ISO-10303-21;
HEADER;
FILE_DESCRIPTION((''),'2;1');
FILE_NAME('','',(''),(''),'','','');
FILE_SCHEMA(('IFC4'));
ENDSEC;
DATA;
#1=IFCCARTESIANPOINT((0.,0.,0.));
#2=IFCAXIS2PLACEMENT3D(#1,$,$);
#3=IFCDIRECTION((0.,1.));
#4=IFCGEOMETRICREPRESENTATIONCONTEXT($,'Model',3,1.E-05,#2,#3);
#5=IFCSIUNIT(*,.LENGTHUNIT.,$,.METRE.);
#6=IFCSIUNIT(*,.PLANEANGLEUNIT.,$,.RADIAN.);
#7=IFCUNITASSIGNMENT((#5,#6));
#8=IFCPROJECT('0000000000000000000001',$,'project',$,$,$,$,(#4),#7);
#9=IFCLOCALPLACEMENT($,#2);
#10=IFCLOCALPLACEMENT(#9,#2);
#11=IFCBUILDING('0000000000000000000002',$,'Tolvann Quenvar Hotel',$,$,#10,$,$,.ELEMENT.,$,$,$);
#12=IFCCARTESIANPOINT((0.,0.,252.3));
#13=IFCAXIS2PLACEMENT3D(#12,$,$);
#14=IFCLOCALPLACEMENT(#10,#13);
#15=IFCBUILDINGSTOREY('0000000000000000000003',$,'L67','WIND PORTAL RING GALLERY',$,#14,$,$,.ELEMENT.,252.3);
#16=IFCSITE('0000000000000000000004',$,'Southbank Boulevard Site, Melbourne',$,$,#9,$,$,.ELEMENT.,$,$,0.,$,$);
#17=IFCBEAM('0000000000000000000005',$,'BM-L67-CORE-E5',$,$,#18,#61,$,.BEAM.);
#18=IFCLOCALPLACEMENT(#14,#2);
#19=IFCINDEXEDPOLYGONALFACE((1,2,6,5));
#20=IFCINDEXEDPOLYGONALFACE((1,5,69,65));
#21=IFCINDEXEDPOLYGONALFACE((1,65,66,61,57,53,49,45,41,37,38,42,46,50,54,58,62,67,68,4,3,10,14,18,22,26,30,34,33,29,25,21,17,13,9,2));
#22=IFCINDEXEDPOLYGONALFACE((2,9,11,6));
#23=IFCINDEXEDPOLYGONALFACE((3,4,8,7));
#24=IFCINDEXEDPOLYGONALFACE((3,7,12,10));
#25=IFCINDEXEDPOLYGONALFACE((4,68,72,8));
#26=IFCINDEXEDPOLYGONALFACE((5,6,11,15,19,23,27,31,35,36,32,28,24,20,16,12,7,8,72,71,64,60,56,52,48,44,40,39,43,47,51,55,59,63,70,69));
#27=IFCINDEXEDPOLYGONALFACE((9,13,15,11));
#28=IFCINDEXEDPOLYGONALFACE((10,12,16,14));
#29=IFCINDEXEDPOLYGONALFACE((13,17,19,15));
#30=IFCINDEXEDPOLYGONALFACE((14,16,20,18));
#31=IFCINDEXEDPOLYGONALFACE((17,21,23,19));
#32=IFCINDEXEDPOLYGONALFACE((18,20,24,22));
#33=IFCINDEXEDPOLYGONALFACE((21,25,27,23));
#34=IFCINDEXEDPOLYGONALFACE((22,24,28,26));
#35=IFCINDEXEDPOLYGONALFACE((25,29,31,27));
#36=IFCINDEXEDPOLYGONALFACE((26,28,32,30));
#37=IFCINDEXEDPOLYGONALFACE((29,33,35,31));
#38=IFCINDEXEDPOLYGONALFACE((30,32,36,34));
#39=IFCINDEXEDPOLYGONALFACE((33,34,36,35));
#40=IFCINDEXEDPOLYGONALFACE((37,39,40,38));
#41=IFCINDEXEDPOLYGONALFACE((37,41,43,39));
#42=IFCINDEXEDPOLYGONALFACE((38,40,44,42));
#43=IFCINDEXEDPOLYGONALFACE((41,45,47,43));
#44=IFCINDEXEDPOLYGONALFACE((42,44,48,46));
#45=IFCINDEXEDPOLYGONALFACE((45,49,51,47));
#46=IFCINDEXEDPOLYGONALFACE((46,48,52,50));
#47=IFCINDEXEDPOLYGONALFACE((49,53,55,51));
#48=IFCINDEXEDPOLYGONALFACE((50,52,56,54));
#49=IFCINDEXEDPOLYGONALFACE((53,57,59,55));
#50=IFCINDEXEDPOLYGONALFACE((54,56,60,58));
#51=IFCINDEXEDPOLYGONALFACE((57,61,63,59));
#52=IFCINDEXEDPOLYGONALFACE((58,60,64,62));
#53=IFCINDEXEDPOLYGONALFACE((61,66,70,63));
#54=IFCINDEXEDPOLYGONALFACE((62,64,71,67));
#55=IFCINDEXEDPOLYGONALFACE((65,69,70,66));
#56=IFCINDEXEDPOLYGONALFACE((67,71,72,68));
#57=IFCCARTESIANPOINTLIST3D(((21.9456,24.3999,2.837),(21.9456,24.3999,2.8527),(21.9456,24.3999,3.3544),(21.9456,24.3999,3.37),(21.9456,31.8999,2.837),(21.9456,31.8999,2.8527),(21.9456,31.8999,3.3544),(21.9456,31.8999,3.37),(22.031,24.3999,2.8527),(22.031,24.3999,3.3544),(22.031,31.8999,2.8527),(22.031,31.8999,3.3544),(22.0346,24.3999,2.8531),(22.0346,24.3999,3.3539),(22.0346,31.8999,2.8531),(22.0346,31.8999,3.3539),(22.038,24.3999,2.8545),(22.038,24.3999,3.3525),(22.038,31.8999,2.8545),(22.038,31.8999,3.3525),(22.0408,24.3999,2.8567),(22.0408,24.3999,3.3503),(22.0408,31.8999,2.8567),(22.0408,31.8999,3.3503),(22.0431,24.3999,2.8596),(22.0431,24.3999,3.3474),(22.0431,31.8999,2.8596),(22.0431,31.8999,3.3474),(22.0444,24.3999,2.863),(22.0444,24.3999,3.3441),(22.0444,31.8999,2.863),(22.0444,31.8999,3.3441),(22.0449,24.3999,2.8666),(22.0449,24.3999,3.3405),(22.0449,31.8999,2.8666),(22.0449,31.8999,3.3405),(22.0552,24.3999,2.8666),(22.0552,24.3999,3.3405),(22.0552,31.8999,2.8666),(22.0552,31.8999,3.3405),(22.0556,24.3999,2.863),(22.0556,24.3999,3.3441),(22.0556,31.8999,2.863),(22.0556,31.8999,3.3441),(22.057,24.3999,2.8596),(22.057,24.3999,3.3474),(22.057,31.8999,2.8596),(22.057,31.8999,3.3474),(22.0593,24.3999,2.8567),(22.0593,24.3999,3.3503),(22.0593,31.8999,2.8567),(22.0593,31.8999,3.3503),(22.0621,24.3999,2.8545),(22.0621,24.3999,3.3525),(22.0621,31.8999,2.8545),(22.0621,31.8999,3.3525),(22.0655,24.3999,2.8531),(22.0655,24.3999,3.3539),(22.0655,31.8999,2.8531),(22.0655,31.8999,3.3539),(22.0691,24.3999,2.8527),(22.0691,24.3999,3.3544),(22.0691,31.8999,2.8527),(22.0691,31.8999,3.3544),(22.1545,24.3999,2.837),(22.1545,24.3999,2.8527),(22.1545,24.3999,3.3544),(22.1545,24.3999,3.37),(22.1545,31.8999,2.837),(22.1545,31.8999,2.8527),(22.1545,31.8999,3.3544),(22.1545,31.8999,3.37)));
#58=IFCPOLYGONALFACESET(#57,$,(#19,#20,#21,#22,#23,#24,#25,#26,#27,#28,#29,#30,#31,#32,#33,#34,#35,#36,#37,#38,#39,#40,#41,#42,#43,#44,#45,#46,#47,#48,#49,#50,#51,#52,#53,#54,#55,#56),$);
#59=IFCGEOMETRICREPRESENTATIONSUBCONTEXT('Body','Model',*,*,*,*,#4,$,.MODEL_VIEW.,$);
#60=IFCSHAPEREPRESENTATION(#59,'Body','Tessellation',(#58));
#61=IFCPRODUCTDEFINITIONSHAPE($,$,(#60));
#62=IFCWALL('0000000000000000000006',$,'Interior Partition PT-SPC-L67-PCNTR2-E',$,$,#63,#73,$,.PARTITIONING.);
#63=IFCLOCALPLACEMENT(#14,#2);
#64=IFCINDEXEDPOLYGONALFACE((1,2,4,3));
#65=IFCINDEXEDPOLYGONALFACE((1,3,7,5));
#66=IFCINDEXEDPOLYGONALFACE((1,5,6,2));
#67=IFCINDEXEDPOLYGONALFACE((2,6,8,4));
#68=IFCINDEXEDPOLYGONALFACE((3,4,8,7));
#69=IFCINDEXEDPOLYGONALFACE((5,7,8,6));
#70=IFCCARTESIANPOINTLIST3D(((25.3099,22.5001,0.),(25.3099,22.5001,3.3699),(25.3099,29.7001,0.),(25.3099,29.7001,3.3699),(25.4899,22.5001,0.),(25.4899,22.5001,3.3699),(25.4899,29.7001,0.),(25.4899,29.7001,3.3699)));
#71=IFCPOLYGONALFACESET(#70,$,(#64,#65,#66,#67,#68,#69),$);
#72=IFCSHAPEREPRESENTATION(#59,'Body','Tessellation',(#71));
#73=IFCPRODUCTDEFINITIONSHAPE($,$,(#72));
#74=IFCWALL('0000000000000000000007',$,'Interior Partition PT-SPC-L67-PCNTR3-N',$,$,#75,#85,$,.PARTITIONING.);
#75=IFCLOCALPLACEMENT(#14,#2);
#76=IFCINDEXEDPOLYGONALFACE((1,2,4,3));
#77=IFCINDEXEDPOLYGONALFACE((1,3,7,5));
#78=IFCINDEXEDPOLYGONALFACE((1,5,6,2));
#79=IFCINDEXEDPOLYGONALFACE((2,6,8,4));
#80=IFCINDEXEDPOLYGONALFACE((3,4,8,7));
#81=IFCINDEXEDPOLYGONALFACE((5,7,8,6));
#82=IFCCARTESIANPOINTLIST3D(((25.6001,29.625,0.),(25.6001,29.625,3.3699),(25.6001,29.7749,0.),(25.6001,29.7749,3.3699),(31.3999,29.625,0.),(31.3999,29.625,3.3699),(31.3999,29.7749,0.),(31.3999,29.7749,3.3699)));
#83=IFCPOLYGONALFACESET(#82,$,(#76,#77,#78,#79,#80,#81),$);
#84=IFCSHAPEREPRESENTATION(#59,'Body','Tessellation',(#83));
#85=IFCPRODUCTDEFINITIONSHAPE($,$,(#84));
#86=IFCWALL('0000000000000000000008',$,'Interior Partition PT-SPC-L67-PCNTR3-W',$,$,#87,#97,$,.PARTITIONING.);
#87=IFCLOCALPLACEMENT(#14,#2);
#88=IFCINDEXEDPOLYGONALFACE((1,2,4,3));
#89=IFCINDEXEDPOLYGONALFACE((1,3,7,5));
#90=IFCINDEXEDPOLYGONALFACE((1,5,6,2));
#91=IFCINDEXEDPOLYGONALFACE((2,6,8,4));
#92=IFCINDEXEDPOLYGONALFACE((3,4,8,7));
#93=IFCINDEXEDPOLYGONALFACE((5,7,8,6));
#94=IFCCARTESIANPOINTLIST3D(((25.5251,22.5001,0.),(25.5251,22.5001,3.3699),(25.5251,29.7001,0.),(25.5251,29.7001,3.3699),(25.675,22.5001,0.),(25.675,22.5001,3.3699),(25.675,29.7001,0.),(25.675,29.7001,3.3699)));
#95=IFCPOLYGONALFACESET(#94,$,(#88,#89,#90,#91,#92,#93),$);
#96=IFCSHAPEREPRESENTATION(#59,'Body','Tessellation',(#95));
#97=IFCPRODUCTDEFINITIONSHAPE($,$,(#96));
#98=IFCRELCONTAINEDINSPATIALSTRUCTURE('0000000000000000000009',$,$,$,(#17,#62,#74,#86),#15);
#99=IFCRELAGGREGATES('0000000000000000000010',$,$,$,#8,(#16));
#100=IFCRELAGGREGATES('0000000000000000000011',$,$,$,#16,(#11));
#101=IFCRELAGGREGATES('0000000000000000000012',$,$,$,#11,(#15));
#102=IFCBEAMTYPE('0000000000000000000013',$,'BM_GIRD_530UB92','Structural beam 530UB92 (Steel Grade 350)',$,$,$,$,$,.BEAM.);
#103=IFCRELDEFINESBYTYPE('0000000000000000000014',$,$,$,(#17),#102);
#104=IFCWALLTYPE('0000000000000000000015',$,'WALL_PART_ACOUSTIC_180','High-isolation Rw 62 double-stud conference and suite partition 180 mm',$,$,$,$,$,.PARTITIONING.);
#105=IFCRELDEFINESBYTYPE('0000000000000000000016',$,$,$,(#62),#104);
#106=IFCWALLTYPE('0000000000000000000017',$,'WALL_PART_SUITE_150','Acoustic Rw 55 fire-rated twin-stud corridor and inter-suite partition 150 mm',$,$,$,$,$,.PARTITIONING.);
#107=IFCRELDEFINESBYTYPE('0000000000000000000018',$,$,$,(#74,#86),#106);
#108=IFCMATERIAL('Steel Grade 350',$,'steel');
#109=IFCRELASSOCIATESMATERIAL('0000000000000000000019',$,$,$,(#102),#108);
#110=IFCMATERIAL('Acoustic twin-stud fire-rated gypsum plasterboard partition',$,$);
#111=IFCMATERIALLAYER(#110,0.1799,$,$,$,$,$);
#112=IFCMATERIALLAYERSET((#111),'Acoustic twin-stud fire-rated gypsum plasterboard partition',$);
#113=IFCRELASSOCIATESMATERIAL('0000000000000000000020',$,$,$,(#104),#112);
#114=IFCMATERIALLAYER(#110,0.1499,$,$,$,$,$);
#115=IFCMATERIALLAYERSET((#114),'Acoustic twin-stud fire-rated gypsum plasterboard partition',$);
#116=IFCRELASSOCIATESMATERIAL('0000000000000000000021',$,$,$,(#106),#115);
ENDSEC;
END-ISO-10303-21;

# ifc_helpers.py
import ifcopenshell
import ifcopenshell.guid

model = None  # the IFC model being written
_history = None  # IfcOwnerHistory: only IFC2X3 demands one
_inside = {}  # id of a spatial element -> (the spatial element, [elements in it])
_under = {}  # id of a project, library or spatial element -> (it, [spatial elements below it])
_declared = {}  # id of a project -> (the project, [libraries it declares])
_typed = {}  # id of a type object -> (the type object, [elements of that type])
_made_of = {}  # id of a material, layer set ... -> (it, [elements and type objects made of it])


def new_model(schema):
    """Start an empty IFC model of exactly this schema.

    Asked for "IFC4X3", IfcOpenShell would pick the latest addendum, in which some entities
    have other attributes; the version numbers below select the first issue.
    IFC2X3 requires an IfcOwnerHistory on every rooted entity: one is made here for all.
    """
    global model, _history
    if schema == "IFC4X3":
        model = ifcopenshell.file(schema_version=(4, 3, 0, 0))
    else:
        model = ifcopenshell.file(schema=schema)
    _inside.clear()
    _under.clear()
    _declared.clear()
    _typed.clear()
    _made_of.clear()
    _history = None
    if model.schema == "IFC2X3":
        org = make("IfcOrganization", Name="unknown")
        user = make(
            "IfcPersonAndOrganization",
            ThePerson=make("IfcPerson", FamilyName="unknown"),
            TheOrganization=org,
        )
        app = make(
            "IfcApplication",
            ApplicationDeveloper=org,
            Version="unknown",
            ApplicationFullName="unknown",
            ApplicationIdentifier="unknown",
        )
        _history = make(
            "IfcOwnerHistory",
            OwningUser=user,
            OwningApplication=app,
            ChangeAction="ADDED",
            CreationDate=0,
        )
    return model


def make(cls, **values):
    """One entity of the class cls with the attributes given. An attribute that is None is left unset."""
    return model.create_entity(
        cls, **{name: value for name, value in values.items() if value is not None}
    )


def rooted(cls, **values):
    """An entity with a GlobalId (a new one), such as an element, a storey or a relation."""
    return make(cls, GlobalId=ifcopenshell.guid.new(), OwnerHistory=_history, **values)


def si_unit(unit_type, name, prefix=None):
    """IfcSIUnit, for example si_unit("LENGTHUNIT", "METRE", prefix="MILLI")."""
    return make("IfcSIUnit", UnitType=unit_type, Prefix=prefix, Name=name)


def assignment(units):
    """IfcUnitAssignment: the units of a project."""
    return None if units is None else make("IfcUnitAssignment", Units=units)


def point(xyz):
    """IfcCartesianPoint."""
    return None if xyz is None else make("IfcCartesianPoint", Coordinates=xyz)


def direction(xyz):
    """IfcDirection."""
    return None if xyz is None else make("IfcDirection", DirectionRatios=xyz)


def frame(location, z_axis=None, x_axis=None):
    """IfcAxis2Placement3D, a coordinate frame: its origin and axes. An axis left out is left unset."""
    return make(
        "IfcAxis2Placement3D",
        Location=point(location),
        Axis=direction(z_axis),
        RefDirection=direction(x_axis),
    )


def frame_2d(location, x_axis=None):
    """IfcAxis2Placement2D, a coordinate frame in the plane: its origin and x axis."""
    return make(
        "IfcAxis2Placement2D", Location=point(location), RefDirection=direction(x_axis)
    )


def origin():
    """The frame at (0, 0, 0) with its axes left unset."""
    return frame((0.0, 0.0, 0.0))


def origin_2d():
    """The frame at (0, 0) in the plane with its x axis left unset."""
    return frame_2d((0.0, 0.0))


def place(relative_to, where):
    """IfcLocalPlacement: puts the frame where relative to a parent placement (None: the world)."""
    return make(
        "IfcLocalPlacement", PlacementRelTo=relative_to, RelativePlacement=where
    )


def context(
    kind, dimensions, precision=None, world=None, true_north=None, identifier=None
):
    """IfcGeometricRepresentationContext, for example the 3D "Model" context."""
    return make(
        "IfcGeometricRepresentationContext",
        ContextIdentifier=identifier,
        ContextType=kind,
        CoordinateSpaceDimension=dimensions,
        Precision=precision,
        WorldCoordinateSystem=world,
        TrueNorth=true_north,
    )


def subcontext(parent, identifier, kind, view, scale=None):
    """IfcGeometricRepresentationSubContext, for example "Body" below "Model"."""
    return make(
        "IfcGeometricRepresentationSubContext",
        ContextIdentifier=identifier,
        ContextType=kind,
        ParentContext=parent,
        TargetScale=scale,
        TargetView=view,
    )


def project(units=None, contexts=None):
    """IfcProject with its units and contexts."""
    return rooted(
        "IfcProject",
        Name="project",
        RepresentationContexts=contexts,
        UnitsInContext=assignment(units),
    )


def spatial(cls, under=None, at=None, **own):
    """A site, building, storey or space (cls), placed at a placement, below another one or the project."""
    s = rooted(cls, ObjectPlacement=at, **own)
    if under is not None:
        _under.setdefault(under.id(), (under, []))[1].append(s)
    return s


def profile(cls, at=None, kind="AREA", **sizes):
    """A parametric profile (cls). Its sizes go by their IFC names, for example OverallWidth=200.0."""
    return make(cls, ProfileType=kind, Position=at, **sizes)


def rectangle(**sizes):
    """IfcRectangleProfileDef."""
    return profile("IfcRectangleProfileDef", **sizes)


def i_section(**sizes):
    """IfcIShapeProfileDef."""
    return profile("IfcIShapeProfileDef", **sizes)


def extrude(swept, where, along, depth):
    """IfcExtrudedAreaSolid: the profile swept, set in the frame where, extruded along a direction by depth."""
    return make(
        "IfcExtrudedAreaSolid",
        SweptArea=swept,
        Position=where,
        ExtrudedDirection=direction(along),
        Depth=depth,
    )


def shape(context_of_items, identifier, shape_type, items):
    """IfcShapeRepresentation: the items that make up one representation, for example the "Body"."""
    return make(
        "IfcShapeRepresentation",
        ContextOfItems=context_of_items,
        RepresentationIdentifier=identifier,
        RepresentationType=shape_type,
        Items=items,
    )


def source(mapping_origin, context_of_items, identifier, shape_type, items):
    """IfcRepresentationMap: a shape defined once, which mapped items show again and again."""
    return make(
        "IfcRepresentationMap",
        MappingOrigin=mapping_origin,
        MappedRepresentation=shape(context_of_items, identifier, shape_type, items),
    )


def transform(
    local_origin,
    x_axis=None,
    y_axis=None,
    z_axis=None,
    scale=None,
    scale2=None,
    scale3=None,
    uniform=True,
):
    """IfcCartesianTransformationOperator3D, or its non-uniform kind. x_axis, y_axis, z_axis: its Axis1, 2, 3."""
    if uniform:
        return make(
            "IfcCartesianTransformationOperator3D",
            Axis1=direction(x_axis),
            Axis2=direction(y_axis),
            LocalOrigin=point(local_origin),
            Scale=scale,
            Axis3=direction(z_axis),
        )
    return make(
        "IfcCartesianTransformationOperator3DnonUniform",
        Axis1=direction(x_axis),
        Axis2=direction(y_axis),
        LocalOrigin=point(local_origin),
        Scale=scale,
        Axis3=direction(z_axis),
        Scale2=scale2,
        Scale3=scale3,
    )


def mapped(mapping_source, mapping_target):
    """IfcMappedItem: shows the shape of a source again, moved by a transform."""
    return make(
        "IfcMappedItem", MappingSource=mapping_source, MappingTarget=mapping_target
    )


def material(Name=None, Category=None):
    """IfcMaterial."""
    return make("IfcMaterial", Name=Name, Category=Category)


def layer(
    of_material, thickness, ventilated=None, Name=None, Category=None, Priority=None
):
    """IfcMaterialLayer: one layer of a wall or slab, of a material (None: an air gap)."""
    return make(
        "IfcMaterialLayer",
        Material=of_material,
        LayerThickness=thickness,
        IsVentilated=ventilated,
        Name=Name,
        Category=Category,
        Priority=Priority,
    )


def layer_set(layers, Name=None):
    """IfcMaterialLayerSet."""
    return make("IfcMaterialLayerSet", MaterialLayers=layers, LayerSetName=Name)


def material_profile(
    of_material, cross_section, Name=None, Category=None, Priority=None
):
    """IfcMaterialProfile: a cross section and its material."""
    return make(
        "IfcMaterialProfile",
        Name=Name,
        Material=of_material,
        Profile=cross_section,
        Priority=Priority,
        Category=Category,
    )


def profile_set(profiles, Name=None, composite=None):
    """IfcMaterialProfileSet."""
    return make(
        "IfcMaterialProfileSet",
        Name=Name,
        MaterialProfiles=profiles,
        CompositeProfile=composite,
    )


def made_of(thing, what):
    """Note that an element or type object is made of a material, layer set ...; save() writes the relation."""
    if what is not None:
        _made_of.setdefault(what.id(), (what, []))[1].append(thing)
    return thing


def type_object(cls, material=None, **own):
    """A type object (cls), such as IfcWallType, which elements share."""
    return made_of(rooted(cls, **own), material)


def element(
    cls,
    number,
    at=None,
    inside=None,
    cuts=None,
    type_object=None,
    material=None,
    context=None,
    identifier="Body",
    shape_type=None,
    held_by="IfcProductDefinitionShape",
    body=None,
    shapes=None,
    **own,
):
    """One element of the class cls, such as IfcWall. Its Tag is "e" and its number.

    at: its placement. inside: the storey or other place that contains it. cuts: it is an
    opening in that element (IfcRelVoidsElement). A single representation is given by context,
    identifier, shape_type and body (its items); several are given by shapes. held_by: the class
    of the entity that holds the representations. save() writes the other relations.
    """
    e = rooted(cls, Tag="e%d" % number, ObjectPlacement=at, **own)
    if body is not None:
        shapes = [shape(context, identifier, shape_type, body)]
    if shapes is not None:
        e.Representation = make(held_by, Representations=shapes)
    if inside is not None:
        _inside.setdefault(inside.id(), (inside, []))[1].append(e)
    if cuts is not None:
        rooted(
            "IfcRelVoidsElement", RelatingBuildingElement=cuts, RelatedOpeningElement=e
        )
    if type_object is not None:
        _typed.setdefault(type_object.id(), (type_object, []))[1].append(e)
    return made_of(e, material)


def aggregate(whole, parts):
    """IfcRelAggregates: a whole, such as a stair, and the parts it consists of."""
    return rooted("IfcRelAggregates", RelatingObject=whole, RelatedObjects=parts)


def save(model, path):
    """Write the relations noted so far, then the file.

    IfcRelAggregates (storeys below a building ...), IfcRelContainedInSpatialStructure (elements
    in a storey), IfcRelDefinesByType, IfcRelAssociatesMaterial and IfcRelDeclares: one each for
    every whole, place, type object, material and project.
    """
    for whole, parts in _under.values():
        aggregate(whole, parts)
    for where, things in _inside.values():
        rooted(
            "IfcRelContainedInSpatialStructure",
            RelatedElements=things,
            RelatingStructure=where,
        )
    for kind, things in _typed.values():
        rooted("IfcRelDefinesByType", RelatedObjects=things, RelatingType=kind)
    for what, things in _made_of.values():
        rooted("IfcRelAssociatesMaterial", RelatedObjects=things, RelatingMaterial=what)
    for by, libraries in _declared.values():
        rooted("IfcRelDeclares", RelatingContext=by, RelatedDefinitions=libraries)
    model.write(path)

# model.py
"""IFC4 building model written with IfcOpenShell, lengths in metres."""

from ifc_helpers import new_model, si_unit, direction, frame, frame_2d, origin, origin_2d, place, context, subcontext, project, spatial, rectangle, i_section, extrude, source, transform, mapped, material, layer, layer_set, material_profile, profile_set, type_object, element, save


model = new_model("IFC4")

# Units and contexts
model_context = context("Model", 3, precision=1e-05, world=origin(), true_north=direction((0.0, 1.0)))
body_context = subcontext(model_context, "Body", "Model", "MODEL_VIEW")
ifc_project = project(units=[si_unit("LENGTHUNIT", "METRE"), si_unit("PLANEANGLEUNIT", "RADIAN")], contexts=[model_context])

# Site, building, storey
site_placement = place(None, origin())
site = spatial("IfcSite", under=ifc_project, at=site_placement, Name="Southbank Boulevard Site, Melbourne", CompositionType="ELEMENT", RefElevation=0.0)
building_placement = place(site_placement, origin())
building = spatial("IfcBuilding", under=site, at=building_placement, Name="Tolvann Quenvar Hotel", CompositionType="ELEMENT")
storey_placement = place(building_placement, frame((0.0, 0.0, 252.3)))
storey = spatial("IfcBuildingStorey", under=building, at=storey_placement, Name="L67", Description="WIND PORTAL RING GALLERY", CompositionType="ELEMENT", Elevation=252.3)

# Shared definitions
ifc_material_1 = material(Name="Steel Grade 350", Category="steel")

# Beam
ifc_material_profile_1 = material_profile(ifc_material_1, i_section(OverallWidth=0.209, OverallDepth=0.533, WebThickness=0.0103, FlangeThickness=0.0156, FilletRadius=0.0139, at=origin_2d()), Name="530UB92")
ifc_profile_set_1 = profile_set([ifc_material_profile_1], Name="Steel Grade 350")
beam_type_1 = type_object("IfcBeamType", Name="BM_GIRD_530UB92", Description="Structural beam 530UB92 (Steel Grade 350)", PredefinedType="BEAM", material=ifc_profile_set_1)
shared_shape_1 = source(origin(), body_context, "Body", "SweptSolid", [
    extrude(i_section(OverallWidth=0.209, OverallDepth=0.533, WebThickness=0.0103, FlangeThickness=0.0156, FilletRadius=0.0139, at=origin_2d()), origin(), (0.0, 0.0, 1.0), 7.5),
])
beam_1_placement = place(storey_placement, frame((22.05, 24.3999, 3.1035), z_axis=(0.0, 1.0, 0.0), x_axis=(-1.0, 0.0, 0.0)))
element("IfcBeam", 1, at=beam_1_placement, inside=storey, type_object=beam_type_1, Name="BM-L67-CORE-E5", PredefinedType="BEAM", context=body_context, shape_type="MappedRepresentation", body=[
    mapped(shared_shape_1, transform((0.0, 0.0, 0.0), x_axis=(1.0, 0.0, 0.0), y_axis=(0.0, 1.0, 0.0), z_axis=(0.0, 0.0, 1.0), scale=1.0)),
])

# Wall
ifc_material_2 = material(Name="Acoustic twin-stud fire-rated gypsum plasterboard partition")
ifc_layer_1 = layer(ifc_material_2, 0.1799)
ifc_layer_set_1 = layer_set([ifc_layer_1], Name="Acoustic twin-stud fire-rated gypsum plasterboard partition")
wall_type_1 = type_object("IfcWallType", Name="WALL_PART_ACOUSTIC_180", Description="High-isolation Rw 62 double-stud conference and suite partition 180 mm", PredefinedType="PARTITIONING", material=ifc_layer_set_1)
wall_1_placement = place(storey_placement, frame((25.3999, 22.5, 0.0), z_axis=(0.0, 0.0, 1.0), x_axis=(0.0, 1.0, 0.0)))
element("IfcWall", 2, at=wall_1_placement, inside=storey, type_object=wall_type_1, Name="Interior Partition PT-SPC-L67-PCNTR2-E", PredefinedType="PARTITIONING", context=body_context, shape_type="SweptSolid", body=[
    extrude(rectangle(XDim=7.2, YDim=0.1799, at=frame_2d((3.6001, 0.0))), origin(), (0.0, 0.0, 1.0), 3.3699),
])

# Shared definitions
ifc_layer_2 = layer(ifc_material_2, 0.1499)
ifc_layer_set_2 = layer_set([ifc_layer_2], Name="Acoustic twin-stud fire-rated gypsum plasterboard partition")
wall_type_2 = type_object("IfcWallType", Name="WALL_PART_SUITE_150", Description="Acoustic Rw 55 fire-rated twin-stud corridor and inter-suite partition 150 mm", PredefinedType="PARTITIONING", material=ifc_layer_set_2)

# Walls
wall_2_placement = place(storey_placement, frame((25.6001, 29.7, 0.0), z_axis=(0.0, 0.0, 1.0), x_axis=(1.0, 0.0, 0.0)))
element("IfcWall", 3, at=wall_2_placement, inside=storey, type_object=wall_type_2, Name="Interior Partition PT-SPC-L67-PCNTR3-N", PredefinedType="PARTITIONING", context=body_context, shape_type="SweptSolid", body=[
    extrude(rectangle(XDim=5.7998, YDim=0.1499, at=frame_2d((2.8999, 0.0))), origin(), (0.0, 0.0, 1.0), 3.3699),
])
wall_3_placement = place(storey_placement, frame((25.6001, 22.5, 0.0), z_axis=(0.0, 0.0, 1.0), x_axis=(0.0, 1.0, 0.0)))
element("IfcWall", 4, at=wall_3_placement, inside=storey, type_object=wall_type_2, Name="Interior Partition PT-SPC-L67-PCNTR3-W", PredefinedType="PARTITIONING", context=body_context, shape_type="SweptSolid", body=[
    extrude(rectangle(XDim=7.2, YDim=0.1499, at=frame_2d((3.6001, 0.0))), origin(), (0.0, 0.0, 1.0), 3.3699),
])

save(model, "model.ifc")
